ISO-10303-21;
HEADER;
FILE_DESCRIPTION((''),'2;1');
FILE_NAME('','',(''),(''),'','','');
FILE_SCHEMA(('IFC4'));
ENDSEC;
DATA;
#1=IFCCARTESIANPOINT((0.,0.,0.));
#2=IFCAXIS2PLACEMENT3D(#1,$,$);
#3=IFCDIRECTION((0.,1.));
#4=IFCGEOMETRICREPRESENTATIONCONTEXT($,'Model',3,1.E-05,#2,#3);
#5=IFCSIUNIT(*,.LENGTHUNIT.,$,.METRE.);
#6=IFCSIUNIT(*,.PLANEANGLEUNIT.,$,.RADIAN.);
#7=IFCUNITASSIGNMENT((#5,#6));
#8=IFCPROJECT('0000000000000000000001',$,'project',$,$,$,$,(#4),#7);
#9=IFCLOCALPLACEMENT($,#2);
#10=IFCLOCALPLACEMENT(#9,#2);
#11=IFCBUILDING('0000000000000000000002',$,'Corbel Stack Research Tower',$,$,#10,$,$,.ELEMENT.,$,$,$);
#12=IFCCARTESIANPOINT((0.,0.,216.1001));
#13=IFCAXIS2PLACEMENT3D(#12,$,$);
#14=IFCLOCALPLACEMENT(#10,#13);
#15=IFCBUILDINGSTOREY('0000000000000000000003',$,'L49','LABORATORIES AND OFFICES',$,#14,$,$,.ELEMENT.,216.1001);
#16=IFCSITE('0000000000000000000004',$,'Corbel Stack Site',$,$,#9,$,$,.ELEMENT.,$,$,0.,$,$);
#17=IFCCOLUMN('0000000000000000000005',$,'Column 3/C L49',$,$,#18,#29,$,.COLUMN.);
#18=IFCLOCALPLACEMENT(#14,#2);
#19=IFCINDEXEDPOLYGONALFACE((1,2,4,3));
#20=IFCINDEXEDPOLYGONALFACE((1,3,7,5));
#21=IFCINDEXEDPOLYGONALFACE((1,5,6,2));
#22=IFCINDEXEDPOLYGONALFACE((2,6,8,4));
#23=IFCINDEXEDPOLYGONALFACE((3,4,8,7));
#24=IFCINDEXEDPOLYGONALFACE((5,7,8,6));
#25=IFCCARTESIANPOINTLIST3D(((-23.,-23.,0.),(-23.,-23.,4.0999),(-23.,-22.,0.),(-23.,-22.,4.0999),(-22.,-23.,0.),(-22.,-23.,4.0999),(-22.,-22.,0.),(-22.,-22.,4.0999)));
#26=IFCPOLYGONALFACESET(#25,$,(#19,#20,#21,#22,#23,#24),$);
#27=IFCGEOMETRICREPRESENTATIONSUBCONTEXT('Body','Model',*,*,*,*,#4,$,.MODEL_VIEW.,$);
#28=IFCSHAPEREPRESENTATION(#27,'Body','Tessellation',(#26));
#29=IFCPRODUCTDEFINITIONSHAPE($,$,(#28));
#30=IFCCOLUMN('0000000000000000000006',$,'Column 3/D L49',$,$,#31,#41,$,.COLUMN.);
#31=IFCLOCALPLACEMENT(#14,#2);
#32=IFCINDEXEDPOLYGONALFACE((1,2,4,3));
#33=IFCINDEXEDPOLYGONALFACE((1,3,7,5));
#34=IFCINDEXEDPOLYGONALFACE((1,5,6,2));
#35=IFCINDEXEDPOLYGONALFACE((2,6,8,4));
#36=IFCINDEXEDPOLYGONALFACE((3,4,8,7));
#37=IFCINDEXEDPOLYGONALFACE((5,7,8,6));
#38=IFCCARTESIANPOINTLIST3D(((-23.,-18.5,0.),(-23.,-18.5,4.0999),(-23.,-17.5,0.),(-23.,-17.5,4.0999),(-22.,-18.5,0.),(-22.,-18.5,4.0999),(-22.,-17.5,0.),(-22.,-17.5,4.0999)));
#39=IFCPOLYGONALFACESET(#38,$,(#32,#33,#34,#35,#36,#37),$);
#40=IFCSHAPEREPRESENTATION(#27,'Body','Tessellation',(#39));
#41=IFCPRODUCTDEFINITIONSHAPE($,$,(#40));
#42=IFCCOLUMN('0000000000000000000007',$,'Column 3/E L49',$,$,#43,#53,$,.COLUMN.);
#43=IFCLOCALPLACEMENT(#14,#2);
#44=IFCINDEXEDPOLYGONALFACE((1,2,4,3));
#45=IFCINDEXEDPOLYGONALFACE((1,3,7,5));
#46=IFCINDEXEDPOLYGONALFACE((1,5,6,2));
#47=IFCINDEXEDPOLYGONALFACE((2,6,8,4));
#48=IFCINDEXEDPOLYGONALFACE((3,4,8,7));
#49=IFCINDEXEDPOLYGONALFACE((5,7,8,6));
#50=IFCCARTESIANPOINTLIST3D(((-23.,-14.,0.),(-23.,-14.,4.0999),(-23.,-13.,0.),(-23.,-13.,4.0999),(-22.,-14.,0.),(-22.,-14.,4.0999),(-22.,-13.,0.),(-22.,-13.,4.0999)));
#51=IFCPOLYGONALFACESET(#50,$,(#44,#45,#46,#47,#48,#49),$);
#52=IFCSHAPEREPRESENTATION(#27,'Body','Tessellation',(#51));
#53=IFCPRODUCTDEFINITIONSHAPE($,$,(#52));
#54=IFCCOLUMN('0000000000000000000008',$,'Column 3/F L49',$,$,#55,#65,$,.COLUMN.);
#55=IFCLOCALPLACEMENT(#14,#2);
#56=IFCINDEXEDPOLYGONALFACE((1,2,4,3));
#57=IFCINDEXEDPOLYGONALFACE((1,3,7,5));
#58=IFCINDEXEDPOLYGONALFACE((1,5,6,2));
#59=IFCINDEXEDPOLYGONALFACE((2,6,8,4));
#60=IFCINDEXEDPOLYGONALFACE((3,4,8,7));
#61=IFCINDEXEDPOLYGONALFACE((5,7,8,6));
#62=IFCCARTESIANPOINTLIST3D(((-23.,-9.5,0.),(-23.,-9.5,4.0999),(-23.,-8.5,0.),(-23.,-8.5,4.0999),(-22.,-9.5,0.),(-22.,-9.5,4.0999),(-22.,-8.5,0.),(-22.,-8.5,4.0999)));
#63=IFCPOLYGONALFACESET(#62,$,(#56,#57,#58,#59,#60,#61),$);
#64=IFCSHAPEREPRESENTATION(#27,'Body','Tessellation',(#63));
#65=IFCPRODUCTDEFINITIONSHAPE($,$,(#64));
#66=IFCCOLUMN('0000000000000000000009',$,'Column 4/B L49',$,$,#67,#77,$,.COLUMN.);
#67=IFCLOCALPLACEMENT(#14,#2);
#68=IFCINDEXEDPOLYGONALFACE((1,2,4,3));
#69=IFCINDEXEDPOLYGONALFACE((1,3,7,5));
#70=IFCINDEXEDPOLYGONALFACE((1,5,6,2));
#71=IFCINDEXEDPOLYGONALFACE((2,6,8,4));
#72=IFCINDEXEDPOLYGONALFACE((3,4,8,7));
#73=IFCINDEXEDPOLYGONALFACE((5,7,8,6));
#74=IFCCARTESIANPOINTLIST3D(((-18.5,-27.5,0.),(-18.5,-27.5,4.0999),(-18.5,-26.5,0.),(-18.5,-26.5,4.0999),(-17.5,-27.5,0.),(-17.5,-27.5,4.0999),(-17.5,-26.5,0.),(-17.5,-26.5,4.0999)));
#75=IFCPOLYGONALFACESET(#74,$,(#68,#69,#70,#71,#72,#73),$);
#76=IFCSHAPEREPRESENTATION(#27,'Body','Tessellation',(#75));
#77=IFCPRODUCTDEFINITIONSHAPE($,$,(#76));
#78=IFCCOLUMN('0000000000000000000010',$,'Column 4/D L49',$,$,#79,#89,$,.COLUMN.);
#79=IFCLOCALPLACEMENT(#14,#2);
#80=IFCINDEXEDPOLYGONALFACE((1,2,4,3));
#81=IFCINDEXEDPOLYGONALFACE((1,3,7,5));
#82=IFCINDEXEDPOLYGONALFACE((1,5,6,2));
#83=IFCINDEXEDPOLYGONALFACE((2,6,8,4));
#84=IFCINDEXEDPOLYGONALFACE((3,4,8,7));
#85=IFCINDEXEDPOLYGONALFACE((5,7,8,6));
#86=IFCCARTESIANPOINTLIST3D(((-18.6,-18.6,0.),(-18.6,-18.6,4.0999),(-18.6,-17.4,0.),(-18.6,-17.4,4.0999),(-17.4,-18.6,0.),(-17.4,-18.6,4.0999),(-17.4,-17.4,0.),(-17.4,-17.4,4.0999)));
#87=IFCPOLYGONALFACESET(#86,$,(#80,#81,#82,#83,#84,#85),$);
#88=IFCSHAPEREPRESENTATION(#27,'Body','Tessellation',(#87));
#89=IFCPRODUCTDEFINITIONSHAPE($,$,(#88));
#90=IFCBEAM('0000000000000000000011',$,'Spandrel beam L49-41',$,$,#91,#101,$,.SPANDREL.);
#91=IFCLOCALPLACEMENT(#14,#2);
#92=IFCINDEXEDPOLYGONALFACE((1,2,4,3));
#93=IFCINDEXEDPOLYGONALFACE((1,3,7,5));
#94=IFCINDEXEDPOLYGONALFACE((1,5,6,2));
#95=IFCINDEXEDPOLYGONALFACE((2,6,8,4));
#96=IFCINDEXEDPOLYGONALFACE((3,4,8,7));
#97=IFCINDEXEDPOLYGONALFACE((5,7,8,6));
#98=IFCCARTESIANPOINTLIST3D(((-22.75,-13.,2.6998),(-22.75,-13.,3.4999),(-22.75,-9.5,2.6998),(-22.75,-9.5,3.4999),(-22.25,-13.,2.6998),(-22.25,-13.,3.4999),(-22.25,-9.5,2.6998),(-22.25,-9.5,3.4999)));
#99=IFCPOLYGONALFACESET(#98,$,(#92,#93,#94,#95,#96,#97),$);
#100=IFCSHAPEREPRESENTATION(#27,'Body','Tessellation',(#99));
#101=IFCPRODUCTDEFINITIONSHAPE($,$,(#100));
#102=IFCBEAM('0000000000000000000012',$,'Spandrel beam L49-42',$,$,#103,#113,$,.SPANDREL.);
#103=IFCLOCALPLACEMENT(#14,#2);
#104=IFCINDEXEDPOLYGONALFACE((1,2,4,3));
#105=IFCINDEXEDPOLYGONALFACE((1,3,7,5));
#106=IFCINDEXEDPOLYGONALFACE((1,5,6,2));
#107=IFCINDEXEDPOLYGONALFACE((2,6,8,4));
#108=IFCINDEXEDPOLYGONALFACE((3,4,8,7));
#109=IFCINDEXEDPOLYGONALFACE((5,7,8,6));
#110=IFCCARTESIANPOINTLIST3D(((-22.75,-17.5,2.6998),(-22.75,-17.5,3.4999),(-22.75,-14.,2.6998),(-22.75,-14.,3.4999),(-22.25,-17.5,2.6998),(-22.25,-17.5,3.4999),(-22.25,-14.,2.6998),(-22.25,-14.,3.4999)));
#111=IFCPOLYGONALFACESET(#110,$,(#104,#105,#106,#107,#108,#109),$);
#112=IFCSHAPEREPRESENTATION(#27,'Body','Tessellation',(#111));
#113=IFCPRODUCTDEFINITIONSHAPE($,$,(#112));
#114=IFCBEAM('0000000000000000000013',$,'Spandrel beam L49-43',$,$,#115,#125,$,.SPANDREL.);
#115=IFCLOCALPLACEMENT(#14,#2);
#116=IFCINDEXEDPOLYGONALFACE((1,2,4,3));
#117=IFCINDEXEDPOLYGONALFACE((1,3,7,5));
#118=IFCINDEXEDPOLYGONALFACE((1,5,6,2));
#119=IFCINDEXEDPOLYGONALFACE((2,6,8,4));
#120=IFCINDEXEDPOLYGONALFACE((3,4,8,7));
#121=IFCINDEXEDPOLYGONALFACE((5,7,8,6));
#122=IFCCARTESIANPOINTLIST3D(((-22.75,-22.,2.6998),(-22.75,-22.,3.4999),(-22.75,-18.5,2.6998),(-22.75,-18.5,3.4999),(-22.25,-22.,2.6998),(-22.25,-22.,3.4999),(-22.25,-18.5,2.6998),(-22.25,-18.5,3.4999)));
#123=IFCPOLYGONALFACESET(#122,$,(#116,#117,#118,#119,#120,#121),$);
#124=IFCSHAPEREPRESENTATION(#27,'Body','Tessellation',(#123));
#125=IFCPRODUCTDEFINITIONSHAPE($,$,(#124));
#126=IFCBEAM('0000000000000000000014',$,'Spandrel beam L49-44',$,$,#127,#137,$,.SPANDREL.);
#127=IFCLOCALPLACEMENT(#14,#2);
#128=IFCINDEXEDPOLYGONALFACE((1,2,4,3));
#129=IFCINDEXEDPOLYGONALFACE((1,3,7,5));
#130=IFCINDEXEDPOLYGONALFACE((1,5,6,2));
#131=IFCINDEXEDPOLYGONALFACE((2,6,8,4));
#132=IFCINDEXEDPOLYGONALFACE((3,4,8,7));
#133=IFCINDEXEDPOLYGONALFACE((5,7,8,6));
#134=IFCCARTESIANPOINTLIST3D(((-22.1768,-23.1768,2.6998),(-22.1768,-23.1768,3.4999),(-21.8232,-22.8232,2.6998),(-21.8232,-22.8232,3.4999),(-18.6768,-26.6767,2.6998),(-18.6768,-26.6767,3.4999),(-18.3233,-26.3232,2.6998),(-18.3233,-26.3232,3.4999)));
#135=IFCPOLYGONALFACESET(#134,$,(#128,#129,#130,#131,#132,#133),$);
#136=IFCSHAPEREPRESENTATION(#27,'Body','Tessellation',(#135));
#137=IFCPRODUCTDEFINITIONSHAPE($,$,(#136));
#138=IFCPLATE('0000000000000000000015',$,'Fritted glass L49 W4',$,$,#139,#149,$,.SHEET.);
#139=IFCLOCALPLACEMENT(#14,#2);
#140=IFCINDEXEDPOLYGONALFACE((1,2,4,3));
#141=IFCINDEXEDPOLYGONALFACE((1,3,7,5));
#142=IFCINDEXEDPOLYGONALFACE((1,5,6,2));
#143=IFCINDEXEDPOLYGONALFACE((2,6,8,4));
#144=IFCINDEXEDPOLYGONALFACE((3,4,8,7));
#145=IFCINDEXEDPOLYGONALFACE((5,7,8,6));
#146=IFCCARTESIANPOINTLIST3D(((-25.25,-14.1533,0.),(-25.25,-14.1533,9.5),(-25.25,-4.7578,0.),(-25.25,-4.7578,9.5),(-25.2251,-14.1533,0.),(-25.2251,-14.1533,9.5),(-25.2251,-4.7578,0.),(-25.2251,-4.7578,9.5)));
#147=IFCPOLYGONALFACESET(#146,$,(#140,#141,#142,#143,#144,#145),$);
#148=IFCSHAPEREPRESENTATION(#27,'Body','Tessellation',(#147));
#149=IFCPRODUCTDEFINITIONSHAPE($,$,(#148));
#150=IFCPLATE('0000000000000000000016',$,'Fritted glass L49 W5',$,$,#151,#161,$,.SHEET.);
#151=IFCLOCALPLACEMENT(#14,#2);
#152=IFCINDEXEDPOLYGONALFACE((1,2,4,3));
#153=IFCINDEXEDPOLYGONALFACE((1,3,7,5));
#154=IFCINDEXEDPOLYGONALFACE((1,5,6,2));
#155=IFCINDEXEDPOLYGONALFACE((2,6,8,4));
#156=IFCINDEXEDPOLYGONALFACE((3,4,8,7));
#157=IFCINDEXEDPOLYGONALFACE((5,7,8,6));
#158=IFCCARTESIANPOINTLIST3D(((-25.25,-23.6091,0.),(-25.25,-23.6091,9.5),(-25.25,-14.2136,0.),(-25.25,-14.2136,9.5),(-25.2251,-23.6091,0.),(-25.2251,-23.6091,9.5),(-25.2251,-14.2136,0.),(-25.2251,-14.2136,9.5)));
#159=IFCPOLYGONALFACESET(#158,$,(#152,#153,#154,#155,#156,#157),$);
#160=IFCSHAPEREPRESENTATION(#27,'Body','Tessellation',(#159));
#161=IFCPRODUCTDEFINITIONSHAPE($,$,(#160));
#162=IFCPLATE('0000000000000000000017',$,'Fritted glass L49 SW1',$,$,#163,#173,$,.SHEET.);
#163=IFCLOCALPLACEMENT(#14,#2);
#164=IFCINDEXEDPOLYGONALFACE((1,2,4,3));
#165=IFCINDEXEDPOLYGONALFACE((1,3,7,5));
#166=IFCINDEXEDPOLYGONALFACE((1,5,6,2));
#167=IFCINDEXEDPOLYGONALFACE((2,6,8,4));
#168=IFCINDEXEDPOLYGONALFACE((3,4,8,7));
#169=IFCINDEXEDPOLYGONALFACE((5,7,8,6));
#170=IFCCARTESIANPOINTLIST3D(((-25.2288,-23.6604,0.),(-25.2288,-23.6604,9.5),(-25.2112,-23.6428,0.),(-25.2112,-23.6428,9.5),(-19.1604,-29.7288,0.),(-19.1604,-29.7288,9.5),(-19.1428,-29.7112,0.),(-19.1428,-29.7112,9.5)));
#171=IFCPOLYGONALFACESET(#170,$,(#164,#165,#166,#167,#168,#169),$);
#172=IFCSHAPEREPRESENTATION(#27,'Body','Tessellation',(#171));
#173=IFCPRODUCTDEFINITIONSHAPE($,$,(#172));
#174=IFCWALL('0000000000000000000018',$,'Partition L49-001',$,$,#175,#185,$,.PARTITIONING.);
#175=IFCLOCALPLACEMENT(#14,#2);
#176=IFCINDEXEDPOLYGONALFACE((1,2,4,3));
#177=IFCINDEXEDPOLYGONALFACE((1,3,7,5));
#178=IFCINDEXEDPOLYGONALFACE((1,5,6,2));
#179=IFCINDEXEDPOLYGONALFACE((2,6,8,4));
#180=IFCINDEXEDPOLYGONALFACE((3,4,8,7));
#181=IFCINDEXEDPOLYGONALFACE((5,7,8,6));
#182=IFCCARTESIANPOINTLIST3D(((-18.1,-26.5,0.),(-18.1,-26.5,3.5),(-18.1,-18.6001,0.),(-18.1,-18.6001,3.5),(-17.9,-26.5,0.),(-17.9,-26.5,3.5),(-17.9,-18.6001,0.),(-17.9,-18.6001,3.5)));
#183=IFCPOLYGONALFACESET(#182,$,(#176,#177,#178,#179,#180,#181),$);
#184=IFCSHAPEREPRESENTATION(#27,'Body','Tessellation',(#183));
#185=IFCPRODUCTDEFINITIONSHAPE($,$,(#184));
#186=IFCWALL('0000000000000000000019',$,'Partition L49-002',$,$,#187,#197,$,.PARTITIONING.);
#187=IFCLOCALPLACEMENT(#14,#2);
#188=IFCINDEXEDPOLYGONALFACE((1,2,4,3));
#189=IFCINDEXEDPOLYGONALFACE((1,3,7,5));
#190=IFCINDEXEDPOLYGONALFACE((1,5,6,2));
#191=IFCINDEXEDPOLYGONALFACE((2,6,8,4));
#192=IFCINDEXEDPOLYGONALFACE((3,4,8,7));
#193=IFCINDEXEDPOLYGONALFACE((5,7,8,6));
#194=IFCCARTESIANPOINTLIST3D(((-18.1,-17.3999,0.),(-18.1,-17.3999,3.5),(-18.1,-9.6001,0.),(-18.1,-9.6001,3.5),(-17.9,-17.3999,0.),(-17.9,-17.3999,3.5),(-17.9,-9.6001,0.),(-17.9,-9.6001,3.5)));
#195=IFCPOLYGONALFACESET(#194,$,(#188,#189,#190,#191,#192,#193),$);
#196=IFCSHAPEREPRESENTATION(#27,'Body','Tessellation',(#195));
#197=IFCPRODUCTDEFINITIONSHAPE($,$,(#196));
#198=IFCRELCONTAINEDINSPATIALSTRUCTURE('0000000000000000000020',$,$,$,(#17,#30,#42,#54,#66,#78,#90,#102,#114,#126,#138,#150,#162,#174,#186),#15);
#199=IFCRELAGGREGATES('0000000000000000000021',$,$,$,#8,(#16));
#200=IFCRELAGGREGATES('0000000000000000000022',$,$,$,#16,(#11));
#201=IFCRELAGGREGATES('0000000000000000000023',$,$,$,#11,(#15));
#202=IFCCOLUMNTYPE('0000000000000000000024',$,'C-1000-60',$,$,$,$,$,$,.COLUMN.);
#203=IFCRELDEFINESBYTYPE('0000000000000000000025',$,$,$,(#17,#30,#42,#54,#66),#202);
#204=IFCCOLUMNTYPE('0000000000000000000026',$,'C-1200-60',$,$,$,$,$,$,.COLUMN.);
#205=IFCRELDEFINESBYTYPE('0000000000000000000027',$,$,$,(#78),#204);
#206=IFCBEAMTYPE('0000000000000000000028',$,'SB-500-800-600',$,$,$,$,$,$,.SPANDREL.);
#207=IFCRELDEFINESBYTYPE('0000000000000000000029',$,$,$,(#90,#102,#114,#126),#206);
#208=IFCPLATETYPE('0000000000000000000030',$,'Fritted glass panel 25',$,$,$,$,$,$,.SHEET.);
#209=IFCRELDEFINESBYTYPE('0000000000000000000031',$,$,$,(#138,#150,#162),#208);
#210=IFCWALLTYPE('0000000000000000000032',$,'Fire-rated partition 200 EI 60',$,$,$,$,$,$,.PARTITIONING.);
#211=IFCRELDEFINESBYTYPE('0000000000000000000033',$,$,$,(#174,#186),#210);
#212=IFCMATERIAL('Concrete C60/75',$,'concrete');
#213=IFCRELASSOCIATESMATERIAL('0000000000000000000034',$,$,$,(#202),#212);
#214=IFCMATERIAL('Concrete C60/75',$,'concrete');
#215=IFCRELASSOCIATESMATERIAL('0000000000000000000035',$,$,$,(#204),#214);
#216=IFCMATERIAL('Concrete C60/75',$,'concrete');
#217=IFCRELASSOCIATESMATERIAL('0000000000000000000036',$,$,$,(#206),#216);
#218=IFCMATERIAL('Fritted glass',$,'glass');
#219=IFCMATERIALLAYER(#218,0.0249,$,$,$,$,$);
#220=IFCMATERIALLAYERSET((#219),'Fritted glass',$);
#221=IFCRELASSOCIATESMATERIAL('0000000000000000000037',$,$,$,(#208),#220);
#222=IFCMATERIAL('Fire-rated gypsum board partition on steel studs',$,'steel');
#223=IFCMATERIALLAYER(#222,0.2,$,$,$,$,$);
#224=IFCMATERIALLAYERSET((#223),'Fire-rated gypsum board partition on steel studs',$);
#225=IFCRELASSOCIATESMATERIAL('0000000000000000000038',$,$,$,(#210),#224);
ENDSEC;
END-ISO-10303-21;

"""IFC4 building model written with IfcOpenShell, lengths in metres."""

from ifc_helpers import new_model, si_unit, direction, frame, frame_2d, origin, origin_2d, place, context, subcontext, project, spatial, rectangle, extrude, material, layer, layer_set, material_profile, profile_set, type_object, element, save


model = new_model("IFC4")

# Units and contexts
model_context = context("Model", 3, precision=1e-05, world=origin(), true_north=direction((0.0, 1.0)))
body_context = subcontext(model_context, "Body", "Model", "MODEL_VIEW")
ifc_project = project(units=[si_unit("LENGTHUNIT", "METRE"), si_unit("PLANEANGLEUNIT", "RADIAN")], contexts=[model_context])

# Site, building, storey
site_placement = place(None, origin())
site = spatial("IfcSite", under=ifc_project, at=site_placement, Name="Corbel Stack Site", CompositionType="ELEMENT", RefElevation=0.0)
building_placement = place(site_placement, origin())
building = spatial("IfcBuilding", under=site, at=building_placement, Name="Corbel Stack Research Tower", CompositionType="ELEMENT")
storey_placement = place(building_placement, frame((0.0, 0.0, 216.1001)))
storey = spatial("IfcBuildingStorey", under=building, at=storey_placement, Name="L49", Description="LABORATORIES AND OFFICES", CompositionType="ELEMENT", Elevation=216.1001)

# Columns
ifc_material_1 = material(Name="Concrete C60/75", Category="concrete")
ifc_material_profile_1 = material_profile(ifc_material_1, rectangle(XDim=1.0, YDim=1.0, at=origin_2d()), Name="RC 1000 x 1000")
ifc_profile_set_1 = profile_set([ifc_material_profile_1], Name="Concrete C60/75")
column_type_1 = type_object("IfcColumnType", Name="C-1000-60", PredefinedType="COLUMN", material=ifc_profile_set_1)
for number, where, z_axis, x_axis, name in (
    (1, (-22.5, -22.5, 0.0), (0.0, 0.0, 1.0), (1.0, 0.0, 0.0), "Column 3/C L49"),
    (2, (-22.5, -18.0, 0.0), (0.0, 0.0, 1.0), (1.0, 0.0, 0.0), "Column 3/D L49"),
    (3, (-22.5, -13.5, 0.0), (0.0, 0.0, 1.0), (1.0, 0.0, 0.0), "Column 3/E L49"),
    (4, (-22.5, -9.0, 0.0), (0.0, 0.0, 1.0), (1.0, 0.0, 0.0), "Column 3/F L49"),
    (5, (-18.0, -27.0, 0.0), (0.0, 0.0, 1.0), (1.0, 0.0, 0.0), "Column 4/B L49"),
):
    element("IfcColumn", number, at=place(storey_placement, frame(where, z_axis=z_axis, x_axis=x_axis)), inside=storey, type_object=column_type_1, Name=name, PredefinedType="COLUMN", context=body_context, shape_type="SweptSolid", body=[
        extrude(rectangle(XDim=1.0, YDim=1.0, at=origin_2d()), origin(), (0.0, 0.0, 1.0), 4.0999),
    ])
ifc_material_2 = material(Name="Concrete C60/75", Category="concrete")
ifc_material_profile_2 = material_profile(ifc_material_2, rectangle(XDim=1.2, YDim=1.2, at=origin_2d()), Name="RC 1200 x 1200")
ifc_profile_set_2 = profile_set([ifc_material_profile_2], Name="Concrete C60/75")
column_type_2 = type_object("IfcColumnType", Name="C-1200-60", PredefinedType="COLUMN", material=ifc_profile_set_2)
column_placement = place(storey_placement, frame((-18.0, -18.0, 0.0), z_axis=(0.0, 0.0, 1.0), x_axis=(1.0, 0.0, 0.0)))
element("IfcColumn", 6, at=column_placement, inside=storey, type_object=column_type_2, Name="Column 4/D L49", PredefinedType="COLUMN", context=body_context, shape_type="SweptSolid", body=[
    extrude(rectangle(XDim=1.2, YDim=1.2, at=origin_2d()), origin(), (0.0, 0.0, 1.0), 4.0999),
])

# Beams
ifc_material_3 = material(Name="Concrete C60/75", Category="concrete")
ifc_material_profile_3 = material_profile(ifc_material_3, rectangle(XDim=0.5, YDim=0.8, at=origin_2d()), Name="RC 500 x 800")
ifc_profile_set_3 = profile_set([ifc_material_profile_3], Name="Concrete C60/75")
beam_type = type_object("IfcBeamType", Name="SB-500-800-600", PredefinedType="SPANDREL", material=ifc_profile_set_3)
for number, where, z_axis, x_axis, name in (
    (7, (-22.5, -9.5, 3.0999), (0.0, -1.0, 0.0), (1.0, 0.0, 0.0), "Spandrel beam L49-41"),
    (8, (-22.5, -14.0, 3.0999), (0.0, -1.0, 0.0), (1.0, 0.0, 0.0), "Spandrel beam L49-42"),
    (9, (-22.5, -18.5, 3.0999), (0.0, -1.0, 0.0), (1.0, 0.0, 0.0), "Spandrel beam L49-43"),
):
    element("IfcBeam", number, at=place(storey_placement, frame(where, z_axis=z_axis, x_axis=x_axis)), inside=storey, type_object=beam_type, Name=name, PredefinedType="SPANDREL", context=body_context, shape_type="SweptSolid", body=[
        extrude(rectangle(XDim=0.5, YDim=0.8, at=origin_2d()), origin(), (0.0, 0.0, 1.0), 3.5),
    ])
beam_placement = place(storey_placement, frame((-22.0, -23.0, 3.0999), z_axis=(0.707107, -0.707107, 0.0), x_axis=(0.707107, 0.707107, 0.0)))
element("IfcBeam", 10, at=beam_placement, inside=storey, type_object=beam_type, Name="Spandrel beam L49-44", PredefinedType="SPANDREL", context=body_context, shape_type="SweptSolid", body=[
    extrude(rectangle(XDim=0.5, YDim=0.8, at=origin_2d()), origin(), (0.0, 0.0, 1.0), 4.9497),
])

# Plates
ifc_material_4 = material(Name="Fritted glass", Category="glass")
ifc_layer_1 = layer(ifc_material_4, 0.0249)
ifc_layer_set_1 = layer_set([ifc_layer_1], Name="Fritted glass")
plate_type = type_object("IfcPlateType", Name="Fritted glass panel 25", PredefinedType="SHEET", material=ifc_layer_set_1)
for number, where, z_axis, x_axis, name in (
    (11, (-25.2375, -9.4556, 0.0), (0.0, 0.0, 1.0), (0.0, -1.0, 0.0), "Fritted glass L49 W4"),
    (12, (-25.2375, -18.9114, 0.0), (0.0, 0.0, 1.0), (0.0, -1.0, 0.0), "Fritted glass L49 W5"),
):
    element("IfcPlate", number, at=place(storey_placement, frame(where, z_axis=z_axis, x_axis=x_axis)), inside=storey, type_object=plate_type, Name=name, PredefinedType="SHEET", context=body_context, shape_type="SweptSolid", body=[
        extrude(rectangle(XDim=9.3955, YDim=0.0249, at=origin_2d()), origin(), (0.0, 0.0, 1.0), 9.5),
    ])
plate_placement = place(storey_placement, frame((-22.1858, -26.6858, 0.0), z_axis=(0.0, 0.0, 1.0), x_axis=(0.707107, -0.707107, 0.0)))
element("IfcPlate", 13, at=plate_placement, inside=storey, type_object=plate_type, Name="Fritted glass L49 SW1", PredefinedType="SHEET", context=body_context, shape_type="SweptSolid", body=[
    extrude(rectangle(XDim=8.582, YDim=0.0249, at=origin_2d()), origin(), (0.0, 0.0, 1.0), 9.5),
])

# Walls
ifc_material_5 = material(Name="Fire-rated gypsum board partition on steel studs", Category="steel")
ifc_layer_2 = layer(ifc_material_5, 0.2)
ifc_layer_set_2 = layer_set([ifc_layer_2], Name="Fire-rated gypsum board partition on steel studs")
wall_type_1 = type_object("IfcWallType", Name="Fire-rated partition 200 EI 60", PredefinedType="PARTITIONING", material=ifc_layer_set_2)
wall_1_placement = place(storey_placement, frame((-18.0, -26.5, 0.0), z_axis=(0.0, 0.0, 1.0), x_axis=(0.0, 1.0, 0.0)))
element("IfcWall", 14, at=wall_1_placement, inside=storey, type_object=wall_type_1, Name="Partition L49-001", PredefinedType="PARTITIONING", context=body_context, shape_type="SweptSolid", body=[
    extrude(rectangle(XDim=7.8999, YDim=0.2, at=frame_2d((3.95, 0.0))), origin(), (0.0, 0.0, 1.0), 3.5),
])
wall_2_placement = place(storey_placement, frame((-18.0, -17.3999, 0.0), z_axis=(0.0, 0.0, 1.0), x_axis=(0.0, 1.0, 0.0)))
element("IfcWall", 15, at=wall_2_placement, inside=storey, type_object=wall_type_1, Name="Partition L49-002", PredefinedType="PARTITIONING", context=body_context, shape_type="SweptSolid", body=[
    extrude(rectangle(XDim=7.7998, YDim=0.2, at=frame_2d((3.8999, 0.0))), origin(), (0.0, 0.0, 1.0), 3.5),
])

save(model, "model.ifc")
